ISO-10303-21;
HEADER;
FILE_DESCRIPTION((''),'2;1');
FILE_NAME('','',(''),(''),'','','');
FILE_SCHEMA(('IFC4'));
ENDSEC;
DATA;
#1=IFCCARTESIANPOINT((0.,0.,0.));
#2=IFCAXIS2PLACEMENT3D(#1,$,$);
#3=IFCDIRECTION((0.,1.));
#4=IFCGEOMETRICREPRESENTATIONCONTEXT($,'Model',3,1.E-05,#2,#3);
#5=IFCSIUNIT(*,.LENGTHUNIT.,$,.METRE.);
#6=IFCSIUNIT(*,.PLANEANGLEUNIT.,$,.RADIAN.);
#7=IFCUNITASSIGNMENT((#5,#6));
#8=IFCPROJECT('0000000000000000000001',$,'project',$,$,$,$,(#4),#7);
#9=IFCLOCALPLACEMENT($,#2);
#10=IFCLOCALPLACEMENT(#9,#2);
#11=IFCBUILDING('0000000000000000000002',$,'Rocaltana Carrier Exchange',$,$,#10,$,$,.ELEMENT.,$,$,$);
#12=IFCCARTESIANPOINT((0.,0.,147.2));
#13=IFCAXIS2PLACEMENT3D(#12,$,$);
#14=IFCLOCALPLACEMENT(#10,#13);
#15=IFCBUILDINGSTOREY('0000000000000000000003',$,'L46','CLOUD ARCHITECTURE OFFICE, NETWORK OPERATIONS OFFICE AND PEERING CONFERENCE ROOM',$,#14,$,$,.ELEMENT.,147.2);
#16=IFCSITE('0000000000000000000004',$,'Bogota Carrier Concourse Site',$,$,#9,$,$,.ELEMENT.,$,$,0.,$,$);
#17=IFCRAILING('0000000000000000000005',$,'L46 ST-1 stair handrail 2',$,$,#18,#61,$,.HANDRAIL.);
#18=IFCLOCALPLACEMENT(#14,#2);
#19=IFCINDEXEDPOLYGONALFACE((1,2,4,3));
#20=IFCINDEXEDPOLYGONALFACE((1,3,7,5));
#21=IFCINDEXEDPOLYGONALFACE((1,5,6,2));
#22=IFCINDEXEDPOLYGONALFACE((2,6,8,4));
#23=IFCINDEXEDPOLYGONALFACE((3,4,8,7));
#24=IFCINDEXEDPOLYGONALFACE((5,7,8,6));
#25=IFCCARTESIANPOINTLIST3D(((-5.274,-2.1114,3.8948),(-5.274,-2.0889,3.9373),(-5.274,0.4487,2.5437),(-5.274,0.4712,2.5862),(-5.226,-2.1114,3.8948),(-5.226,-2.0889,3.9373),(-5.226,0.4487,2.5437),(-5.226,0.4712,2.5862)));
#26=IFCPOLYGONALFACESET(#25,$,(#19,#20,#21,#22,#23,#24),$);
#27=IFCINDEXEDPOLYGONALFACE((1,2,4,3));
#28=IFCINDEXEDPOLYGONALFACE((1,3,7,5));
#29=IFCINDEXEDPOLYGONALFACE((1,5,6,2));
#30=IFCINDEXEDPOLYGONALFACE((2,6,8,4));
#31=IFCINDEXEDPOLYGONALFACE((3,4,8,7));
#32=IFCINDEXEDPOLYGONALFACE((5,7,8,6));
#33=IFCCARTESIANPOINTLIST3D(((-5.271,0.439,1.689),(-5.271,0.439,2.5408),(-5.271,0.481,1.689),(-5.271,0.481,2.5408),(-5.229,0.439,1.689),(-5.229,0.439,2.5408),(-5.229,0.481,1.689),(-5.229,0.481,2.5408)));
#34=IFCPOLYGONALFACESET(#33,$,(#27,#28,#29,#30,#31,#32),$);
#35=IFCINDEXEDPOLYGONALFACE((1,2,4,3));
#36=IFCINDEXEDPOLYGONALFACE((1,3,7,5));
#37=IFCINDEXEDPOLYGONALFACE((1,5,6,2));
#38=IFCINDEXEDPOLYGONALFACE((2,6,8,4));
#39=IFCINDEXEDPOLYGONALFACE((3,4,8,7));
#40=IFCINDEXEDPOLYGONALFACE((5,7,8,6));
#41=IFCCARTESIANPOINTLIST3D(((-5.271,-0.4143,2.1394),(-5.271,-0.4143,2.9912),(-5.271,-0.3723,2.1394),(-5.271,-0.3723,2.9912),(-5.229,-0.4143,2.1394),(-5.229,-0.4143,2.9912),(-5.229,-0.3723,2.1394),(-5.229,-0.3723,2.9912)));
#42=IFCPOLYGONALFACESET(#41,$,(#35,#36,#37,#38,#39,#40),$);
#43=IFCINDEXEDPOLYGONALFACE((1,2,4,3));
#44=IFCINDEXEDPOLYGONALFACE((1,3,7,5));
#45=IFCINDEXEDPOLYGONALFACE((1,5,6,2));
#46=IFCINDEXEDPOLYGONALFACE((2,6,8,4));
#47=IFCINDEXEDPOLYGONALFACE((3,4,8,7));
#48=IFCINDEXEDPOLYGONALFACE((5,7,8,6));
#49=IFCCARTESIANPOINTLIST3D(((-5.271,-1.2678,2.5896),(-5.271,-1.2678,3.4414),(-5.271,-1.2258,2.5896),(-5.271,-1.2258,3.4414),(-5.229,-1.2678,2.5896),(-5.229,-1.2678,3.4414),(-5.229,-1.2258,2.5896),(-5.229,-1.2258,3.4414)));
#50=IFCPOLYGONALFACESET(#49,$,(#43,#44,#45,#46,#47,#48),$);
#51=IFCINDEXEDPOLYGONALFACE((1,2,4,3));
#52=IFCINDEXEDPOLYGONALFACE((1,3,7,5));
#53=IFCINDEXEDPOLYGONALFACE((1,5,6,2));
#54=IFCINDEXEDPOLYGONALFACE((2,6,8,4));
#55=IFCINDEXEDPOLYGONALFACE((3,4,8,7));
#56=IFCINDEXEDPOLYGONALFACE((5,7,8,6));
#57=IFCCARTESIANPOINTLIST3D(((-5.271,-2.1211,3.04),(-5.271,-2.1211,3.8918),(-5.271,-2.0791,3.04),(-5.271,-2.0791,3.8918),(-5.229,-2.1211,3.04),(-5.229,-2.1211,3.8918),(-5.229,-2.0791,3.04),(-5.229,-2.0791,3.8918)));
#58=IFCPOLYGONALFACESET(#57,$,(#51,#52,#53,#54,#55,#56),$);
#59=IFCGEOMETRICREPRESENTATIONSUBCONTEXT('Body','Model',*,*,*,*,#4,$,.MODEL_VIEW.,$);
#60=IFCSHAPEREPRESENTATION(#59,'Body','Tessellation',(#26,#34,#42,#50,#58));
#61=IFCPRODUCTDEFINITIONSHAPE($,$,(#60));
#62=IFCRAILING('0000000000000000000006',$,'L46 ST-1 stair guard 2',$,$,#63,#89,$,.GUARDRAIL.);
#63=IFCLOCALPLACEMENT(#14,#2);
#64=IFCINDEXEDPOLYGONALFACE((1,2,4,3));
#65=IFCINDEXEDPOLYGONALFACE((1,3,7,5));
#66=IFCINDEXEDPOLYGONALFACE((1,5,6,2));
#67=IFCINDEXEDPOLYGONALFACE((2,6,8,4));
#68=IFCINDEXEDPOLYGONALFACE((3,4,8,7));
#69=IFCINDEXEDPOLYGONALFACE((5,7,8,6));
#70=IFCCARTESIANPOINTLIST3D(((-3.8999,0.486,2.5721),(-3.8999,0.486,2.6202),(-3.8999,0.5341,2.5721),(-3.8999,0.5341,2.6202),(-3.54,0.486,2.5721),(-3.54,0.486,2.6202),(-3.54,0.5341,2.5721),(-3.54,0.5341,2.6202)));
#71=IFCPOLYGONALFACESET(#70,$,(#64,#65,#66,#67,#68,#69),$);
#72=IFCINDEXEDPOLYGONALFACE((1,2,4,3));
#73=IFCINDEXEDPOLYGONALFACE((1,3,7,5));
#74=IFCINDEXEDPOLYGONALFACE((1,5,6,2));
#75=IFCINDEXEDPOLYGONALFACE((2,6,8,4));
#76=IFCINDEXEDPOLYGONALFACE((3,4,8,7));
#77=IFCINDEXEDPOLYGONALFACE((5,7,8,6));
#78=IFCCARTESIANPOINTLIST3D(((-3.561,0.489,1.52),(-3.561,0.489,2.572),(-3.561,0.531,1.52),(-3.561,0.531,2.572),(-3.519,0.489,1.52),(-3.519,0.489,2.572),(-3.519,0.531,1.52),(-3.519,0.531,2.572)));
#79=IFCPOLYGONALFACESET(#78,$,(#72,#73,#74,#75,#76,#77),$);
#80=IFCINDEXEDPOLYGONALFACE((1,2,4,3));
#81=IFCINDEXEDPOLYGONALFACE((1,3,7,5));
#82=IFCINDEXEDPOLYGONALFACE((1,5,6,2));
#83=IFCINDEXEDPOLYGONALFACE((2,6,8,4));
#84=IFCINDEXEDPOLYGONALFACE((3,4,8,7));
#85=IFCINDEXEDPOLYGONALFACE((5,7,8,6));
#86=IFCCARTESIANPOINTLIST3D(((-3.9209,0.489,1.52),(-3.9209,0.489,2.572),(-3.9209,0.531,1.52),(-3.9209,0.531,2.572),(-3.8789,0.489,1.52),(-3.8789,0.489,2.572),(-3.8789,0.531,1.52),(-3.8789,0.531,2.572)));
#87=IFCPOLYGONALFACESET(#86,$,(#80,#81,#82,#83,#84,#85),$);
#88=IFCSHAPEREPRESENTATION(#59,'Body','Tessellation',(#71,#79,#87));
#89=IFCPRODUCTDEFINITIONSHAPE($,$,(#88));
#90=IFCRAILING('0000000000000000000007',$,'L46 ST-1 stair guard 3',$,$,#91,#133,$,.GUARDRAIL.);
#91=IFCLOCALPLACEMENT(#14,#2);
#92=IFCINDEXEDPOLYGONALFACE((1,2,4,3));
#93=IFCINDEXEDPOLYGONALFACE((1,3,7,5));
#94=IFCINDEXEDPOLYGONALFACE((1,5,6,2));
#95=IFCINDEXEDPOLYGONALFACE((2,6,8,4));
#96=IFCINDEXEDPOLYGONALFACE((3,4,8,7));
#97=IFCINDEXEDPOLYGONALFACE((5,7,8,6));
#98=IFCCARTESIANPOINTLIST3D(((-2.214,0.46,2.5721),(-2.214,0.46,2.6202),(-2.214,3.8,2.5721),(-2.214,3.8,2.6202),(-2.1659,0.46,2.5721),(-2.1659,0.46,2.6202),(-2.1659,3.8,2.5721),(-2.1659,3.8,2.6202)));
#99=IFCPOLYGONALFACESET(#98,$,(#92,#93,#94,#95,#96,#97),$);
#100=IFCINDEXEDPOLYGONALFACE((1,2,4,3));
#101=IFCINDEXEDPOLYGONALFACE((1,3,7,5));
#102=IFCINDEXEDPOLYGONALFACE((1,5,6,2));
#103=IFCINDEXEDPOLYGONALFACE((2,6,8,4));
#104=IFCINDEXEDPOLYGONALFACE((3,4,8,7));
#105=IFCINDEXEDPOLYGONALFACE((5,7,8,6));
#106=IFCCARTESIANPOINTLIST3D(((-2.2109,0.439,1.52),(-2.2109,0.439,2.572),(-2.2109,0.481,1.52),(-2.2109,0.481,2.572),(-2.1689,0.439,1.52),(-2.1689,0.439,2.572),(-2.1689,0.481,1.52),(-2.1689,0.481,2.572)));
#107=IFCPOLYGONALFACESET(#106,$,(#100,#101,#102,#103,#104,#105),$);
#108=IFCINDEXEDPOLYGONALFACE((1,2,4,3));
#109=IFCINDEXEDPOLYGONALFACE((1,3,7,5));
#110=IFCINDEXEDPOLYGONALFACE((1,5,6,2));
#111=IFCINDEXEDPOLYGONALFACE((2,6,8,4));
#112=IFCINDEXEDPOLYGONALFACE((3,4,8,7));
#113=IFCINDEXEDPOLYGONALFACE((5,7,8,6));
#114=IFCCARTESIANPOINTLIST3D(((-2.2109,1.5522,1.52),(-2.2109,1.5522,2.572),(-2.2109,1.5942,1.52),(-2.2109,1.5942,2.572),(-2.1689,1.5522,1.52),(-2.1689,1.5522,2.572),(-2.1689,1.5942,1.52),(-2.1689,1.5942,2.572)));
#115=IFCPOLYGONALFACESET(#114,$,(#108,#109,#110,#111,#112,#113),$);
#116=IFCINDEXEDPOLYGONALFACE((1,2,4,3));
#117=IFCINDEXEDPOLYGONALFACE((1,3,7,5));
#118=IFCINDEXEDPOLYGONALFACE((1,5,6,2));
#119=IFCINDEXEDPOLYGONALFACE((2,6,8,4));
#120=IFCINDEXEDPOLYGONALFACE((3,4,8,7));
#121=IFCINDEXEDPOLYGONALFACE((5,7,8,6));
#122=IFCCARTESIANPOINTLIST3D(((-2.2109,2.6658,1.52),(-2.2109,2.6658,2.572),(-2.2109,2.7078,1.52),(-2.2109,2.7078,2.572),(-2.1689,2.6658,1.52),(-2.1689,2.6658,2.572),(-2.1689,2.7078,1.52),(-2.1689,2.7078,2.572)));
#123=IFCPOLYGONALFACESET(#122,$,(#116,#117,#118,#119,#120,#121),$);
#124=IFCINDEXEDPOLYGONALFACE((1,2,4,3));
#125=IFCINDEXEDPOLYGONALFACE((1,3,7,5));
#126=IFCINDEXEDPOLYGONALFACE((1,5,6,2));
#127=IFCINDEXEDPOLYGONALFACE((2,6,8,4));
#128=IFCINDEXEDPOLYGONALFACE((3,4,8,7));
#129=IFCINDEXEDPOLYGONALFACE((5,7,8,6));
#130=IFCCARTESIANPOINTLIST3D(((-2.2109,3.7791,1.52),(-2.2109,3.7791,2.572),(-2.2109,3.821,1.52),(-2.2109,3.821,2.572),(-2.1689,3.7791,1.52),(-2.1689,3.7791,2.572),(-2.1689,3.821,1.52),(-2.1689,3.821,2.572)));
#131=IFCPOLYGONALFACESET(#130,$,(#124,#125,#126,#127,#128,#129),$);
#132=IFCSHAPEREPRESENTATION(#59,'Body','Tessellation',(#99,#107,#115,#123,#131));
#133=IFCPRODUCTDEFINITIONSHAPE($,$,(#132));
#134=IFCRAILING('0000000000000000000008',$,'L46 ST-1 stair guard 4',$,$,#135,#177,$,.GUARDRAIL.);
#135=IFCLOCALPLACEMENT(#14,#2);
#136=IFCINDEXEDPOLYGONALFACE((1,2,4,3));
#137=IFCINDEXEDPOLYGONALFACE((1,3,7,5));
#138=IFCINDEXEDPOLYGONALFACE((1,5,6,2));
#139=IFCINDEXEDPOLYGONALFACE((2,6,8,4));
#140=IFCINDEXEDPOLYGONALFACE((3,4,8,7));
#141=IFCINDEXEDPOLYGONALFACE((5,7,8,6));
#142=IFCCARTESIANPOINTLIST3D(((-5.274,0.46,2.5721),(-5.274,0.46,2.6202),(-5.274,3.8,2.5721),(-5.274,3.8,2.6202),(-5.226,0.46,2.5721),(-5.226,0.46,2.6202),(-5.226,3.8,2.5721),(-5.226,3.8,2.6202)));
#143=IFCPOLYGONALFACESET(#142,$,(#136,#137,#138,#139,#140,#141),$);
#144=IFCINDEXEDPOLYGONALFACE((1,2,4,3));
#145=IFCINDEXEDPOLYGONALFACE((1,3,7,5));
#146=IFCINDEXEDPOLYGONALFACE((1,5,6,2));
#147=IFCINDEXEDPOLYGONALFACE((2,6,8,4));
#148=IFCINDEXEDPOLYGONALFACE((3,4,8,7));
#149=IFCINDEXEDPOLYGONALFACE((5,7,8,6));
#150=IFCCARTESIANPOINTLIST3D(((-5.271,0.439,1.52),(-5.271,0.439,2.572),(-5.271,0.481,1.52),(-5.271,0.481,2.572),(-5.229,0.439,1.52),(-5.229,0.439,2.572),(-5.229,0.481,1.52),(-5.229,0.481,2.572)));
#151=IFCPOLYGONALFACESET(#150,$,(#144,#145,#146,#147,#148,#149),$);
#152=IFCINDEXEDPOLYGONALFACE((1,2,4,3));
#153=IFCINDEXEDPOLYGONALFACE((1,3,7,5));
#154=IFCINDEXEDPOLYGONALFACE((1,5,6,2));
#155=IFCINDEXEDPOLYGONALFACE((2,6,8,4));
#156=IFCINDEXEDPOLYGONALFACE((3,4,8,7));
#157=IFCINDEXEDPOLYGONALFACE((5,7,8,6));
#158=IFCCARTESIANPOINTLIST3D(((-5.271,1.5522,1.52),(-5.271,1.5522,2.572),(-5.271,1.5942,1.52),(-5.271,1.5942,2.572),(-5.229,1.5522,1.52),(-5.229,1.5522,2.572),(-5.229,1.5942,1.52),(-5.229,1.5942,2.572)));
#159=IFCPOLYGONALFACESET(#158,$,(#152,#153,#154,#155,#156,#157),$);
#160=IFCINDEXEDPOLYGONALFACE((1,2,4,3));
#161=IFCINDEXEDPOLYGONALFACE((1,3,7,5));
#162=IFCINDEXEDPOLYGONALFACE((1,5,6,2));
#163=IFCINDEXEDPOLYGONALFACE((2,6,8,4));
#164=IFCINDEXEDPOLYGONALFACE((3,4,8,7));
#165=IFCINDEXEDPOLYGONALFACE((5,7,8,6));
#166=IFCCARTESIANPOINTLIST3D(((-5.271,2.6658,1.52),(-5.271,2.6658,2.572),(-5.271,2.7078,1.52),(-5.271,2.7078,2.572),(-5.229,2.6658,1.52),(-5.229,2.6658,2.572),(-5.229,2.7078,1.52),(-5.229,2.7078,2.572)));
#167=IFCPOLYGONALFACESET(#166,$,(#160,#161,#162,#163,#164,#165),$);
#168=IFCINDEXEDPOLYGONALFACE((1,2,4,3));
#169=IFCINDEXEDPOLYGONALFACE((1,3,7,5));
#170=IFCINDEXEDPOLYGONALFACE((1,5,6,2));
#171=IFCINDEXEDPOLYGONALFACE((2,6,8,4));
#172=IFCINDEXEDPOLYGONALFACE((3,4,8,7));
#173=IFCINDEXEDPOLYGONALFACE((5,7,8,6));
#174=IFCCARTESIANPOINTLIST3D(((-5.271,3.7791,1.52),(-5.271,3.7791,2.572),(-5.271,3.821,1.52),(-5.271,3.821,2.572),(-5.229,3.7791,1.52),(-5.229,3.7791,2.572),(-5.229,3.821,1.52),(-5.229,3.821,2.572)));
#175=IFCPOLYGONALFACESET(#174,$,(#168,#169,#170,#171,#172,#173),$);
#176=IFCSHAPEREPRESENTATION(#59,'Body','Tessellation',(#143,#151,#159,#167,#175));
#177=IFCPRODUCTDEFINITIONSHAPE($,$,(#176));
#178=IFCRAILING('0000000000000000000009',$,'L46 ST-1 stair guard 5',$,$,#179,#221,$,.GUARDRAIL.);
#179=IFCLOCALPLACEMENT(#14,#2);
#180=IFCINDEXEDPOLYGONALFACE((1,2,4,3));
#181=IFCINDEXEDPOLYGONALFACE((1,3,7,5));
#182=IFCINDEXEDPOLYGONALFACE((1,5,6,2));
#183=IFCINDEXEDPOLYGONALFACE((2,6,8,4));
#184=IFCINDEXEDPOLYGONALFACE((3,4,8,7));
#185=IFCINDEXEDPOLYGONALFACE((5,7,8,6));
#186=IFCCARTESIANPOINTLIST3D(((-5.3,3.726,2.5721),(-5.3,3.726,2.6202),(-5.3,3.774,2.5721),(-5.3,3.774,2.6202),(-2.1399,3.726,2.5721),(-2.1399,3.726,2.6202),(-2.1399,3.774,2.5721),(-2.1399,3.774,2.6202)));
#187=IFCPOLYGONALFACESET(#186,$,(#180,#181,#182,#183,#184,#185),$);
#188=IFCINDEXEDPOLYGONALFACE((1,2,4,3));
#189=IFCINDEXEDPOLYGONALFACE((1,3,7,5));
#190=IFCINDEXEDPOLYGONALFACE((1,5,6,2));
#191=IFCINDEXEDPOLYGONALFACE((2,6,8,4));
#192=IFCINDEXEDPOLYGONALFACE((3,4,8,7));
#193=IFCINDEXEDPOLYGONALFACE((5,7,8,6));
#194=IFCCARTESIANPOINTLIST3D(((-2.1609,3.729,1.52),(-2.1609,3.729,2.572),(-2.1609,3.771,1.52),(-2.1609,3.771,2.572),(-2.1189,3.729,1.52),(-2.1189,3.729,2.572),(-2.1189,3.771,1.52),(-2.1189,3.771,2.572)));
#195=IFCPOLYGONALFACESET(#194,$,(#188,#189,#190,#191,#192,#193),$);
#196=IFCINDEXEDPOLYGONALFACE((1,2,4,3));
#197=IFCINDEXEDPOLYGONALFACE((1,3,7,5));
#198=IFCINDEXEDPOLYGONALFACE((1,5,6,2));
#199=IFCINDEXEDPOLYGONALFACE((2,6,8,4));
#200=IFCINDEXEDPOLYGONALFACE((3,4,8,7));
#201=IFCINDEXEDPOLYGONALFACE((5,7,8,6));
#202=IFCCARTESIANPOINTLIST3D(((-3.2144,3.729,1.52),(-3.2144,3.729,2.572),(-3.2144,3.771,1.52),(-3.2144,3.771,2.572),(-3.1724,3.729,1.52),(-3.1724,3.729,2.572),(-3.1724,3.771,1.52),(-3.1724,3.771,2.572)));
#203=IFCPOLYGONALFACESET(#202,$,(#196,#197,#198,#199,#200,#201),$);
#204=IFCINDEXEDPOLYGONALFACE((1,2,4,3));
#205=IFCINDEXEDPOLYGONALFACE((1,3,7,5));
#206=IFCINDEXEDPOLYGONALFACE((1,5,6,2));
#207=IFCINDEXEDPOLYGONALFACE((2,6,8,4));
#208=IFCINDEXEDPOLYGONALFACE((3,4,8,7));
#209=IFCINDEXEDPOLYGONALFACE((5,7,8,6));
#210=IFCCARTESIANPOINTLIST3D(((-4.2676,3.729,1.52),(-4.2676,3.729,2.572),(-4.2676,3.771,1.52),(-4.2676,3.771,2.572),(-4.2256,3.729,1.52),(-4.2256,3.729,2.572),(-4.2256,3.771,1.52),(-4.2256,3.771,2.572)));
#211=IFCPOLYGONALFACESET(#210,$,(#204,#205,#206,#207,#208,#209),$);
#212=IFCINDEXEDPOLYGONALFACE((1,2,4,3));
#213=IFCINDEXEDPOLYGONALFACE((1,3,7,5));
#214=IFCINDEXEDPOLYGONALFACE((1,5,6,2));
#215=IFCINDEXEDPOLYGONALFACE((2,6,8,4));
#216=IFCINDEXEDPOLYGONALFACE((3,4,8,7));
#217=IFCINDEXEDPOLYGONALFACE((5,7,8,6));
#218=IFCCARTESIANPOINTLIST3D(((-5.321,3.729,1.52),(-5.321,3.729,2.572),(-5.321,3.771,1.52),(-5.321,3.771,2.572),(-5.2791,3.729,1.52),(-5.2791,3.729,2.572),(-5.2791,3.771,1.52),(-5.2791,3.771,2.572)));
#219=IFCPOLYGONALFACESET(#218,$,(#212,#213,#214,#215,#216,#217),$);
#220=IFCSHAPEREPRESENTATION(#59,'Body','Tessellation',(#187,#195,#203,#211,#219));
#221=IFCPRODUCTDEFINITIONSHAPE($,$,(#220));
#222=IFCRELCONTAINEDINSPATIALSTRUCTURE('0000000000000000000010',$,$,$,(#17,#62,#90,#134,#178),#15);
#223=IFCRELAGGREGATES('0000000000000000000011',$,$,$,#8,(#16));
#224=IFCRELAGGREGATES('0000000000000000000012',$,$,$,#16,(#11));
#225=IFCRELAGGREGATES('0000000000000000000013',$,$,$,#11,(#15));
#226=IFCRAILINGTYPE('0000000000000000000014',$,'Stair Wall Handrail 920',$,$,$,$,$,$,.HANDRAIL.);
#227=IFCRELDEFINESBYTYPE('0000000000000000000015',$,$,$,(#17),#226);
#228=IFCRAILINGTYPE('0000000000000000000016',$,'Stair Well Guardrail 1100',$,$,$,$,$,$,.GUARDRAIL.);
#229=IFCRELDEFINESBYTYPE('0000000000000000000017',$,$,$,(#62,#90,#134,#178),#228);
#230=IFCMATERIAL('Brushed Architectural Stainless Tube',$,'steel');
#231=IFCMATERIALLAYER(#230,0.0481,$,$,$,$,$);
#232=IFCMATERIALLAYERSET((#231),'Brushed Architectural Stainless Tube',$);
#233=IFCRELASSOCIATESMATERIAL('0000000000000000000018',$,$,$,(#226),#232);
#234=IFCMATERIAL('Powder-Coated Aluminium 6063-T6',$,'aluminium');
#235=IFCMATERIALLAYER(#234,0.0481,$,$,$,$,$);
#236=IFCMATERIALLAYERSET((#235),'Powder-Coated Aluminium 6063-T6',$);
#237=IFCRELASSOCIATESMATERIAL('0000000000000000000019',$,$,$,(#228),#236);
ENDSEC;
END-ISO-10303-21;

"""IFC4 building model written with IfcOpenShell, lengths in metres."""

from ifc_helpers import new_model, si_unit, direction, frame, origin, origin_2d, place, context, subcontext, project, spatial, rectangle, extrude, material, layer, layer_set, type_object, element, save


model = new_model("IFC4")

# Units and contexts
model_context = context("Model", 3, precision=1e-05, world=origin(), true_north=direction((0.0, 1.0)))
body_context = subcontext(model_context, "Body", "Model", "MODEL_VIEW")
ifc_project = project(units=[si_unit("LENGTHUNIT", "METRE"), si_unit("PLANEANGLEUNIT", "RADIAN")], contexts=[model_context])

# Site, building, storey
site_placement = place(None, origin())
site = spatial("IfcSite", under=ifc_project, at=site_placement, Name="Bogota Carrier Concourse Site", CompositionType="ELEMENT", RefElevation=0.0)
building_placement = place(site_placement, origin())
building = spatial("IfcBuilding", under=site, at=building_placement, Name="Rocaltana Carrier Exchange", CompositionType="ELEMENT")
storey_placement = place(building_placement, frame((0.0, 0.0, 147.2)))
storey = spatial("IfcBuildingStorey", under=building, at=storey_placement, Name="L46", Description="CLOUD ARCHITECTURE OFFICE, NETWORK OPERATIONS OFFICE AND PEERING CONFERENCE ROOM", CompositionType="ELEMENT", Elevation=147.2)

# Railings
ifc_material_1 = material(Name="Brushed Architectural Stainless Tube", Category="steel")
ifc_layer_1 = layer(ifc_material_1, 0.0481)
ifc_layer_set_1 = layer_set([ifc_layer_1], Name="Brushed Architectural Stainless Tube")
railing_type_1 = type_object("IfcRailingType", Name="Stair Wall Handrail 920", PredefinedType="HANDRAIL", material=ifc_layer_set_1)
railing_1_placement = place(storey_placement, frame((-5.25, 0.46, 1.689)))
element("IfcRailing", 1, at=railing_1_placement, inside=storey, type_object=railing_type_1, Name="L46 ST-1 stair handrail 2", PredefinedType="HANDRAIL", context=body_context, shape_type="SweptSolid", body=[
    extrude(rectangle(XDim=0.0481, YDim=0.0481, at=origin_2d()), frame((0.0, 0.0, 0.876), z_axis=(0.0, -0.884394, 0.46674), x_axis=(1.0, 0.0, 0.0)), (0.0, 0.0, 1.0), 2.8948),
    extrude(rectangle(XDim=0.042, YDim=0.042, at=origin_2d()), origin(), (0.0, 0.0, 1.0), 0.8518),
    extrude(rectangle(XDim=0.042, YDim=0.042, at=origin_2d()), frame((0.0, -0.8533, 0.4504)), (0.0, 0.0, 1.0), 0.8518),
    extrude(rectangle(XDim=0.042, YDim=0.042, at=origin_2d()), frame((0.0, -1.7068, 0.9006)), (0.0, 0.0, 1.0), 0.8518),
    extrude(rectangle(XDim=0.042, YDim=0.042, at=origin_2d()), frame((0.0, -2.5601, 1.3511)), (0.0, 0.0, 1.0), 0.8518),
])
ifc_material_2 = material(Name="Powder-Coated Aluminium 6063-T6", Category="aluminium")
ifc_layer_2 = layer(ifc_material_2, 0.0481)
ifc_layer_set_2 = layer_set([ifc_layer_2], Name="Powder-Coated Aluminium 6063-T6")
railing_type_2 = type_object("IfcRailingType", Name="Stair Well Guardrail 1100", PredefinedType="GUARDRAIL", material=ifc_layer_set_2)
railing_2_placement = place(storey_placement, frame((-3.54, 0.51, 1.52)))
element("IfcRailing", 2, at=railing_2_placement, inside=storey, type_object=railing_type_2, Name="L46 ST-1 stair guard 2", PredefinedType="GUARDRAIL", context=body_context, shape_type="SweptSolid", body=[
    extrude(rectangle(XDim=0.0481, YDim=0.0481, at=origin_2d()), frame((0.0, 0.0, 1.0762), z_axis=(-1.0, 0.0, 0.0), x_axis=(0.0, -1.0, 0.0)), (0.0, 0.0, 1.0), 0.3599),
    extrude(rectangle(XDim=0.042, YDim=0.042, at=origin_2d()), origin(), (0.0, 0.0, 1.0), 1.052),
    extrude(rectangle(XDim=0.042, YDim=0.042, at=origin_2d()), frame((-0.3599, 0.0, 0.0)), (0.0, 0.0, 1.0), 1.052),
])
for number, where, name in (
    (3, (-2.1899, 0.46, 1.52), "L46 ST-1 stair guard 3"),
    (4, (-5.25, 0.46, 1.52), "L46 ST-1 stair guard 4"),
):
    element("IfcRailing", number, at=place(storey_placement, frame(where)), inside=storey, type_object=railing_type_2, Name=name, PredefinedType="GUARDRAIL", context=body_context, shape_type="SweptSolid", body=[
        extrude(rectangle(XDim=0.0481, YDim=0.0481, at=origin_2d()), frame((0.0, 0.0, 1.0762), z_axis=(0.0, 1.0, 0.0), x_axis=(-1.0, 0.0, 0.0)), (0.0, 0.0, 1.0), 3.3401),
        extrude(rectangle(XDim=0.042, YDim=0.042, at=origin_2d()), origin(), (0.0, 0.0, 1.0), 1.052),
        extrude(rectangle(XDim=0.042, YDim=0.042, at=origin_2d()), frame((0.0, 1.1133, 0.0)), (0.0, 0.0, 1.0), 1.052),
        extrude(rectangle(XDim=0.042, YDim=0.042, at=origin_2d()), frame((0.0, 2.2268, 0.0)), (0.0, 0.0, 1.0), 1.052),
        extrude(rectangle(XDim=0.042, YDim=0.042, at=origin_2d()), frame((0.0, 3.3401, 0.0)), (0.0, 0.0, 1.0), 1.052),
    ])
railing_3_placement = place(storey_placement, frame((-2.1399, 3.75, 1.52)))
element("IfcRailing", 5, at=railing_3_placement, inside=storey, type_object=railing_type_2, Name="L46 ST-1 stair guard 5", PredefinedType="GUARDRAIL", context=body_context, shape_type="SweptSolid", body=[
    extrude(rectangle(XDim=0.0481, YDim=0.0481, at=origin_2d()), frame((0.0, 0.0, 1.0762), z_axis=(-1.0, 0.0, 0.0), x_axis=(0.0, -1.0, 0.0)), (0.0, 0.0, 1.0), 3.1602),
    extrude(rectangle(XDim=0.042, YDim=0.042, at=origin_2d()), origin(), (0.0, 0.0, 1.0), 1.052),
    extrude(rectangle(XDim=0.042, YDim=0.042, at=origin_2d()), frame((-1.0535, 0.0, 0.0)), (0.0, 0.0, 1.0), 1.052),
    extrude(rectangle(XDim=0.042, YDim=0.042, at=origin_2d()), frame((-2.1067, 0.0, 0.0)), (0.0, 0.0, 1.0), 1.052),
    extrude(rectangle(XDim=0.042, YDim=0.042, at=origin_2d()), frame((-3.1602, 0.0, 0.0)), (0.0, 0.0, 1.0), 1.052),
])

save(model, "model.ifc")
